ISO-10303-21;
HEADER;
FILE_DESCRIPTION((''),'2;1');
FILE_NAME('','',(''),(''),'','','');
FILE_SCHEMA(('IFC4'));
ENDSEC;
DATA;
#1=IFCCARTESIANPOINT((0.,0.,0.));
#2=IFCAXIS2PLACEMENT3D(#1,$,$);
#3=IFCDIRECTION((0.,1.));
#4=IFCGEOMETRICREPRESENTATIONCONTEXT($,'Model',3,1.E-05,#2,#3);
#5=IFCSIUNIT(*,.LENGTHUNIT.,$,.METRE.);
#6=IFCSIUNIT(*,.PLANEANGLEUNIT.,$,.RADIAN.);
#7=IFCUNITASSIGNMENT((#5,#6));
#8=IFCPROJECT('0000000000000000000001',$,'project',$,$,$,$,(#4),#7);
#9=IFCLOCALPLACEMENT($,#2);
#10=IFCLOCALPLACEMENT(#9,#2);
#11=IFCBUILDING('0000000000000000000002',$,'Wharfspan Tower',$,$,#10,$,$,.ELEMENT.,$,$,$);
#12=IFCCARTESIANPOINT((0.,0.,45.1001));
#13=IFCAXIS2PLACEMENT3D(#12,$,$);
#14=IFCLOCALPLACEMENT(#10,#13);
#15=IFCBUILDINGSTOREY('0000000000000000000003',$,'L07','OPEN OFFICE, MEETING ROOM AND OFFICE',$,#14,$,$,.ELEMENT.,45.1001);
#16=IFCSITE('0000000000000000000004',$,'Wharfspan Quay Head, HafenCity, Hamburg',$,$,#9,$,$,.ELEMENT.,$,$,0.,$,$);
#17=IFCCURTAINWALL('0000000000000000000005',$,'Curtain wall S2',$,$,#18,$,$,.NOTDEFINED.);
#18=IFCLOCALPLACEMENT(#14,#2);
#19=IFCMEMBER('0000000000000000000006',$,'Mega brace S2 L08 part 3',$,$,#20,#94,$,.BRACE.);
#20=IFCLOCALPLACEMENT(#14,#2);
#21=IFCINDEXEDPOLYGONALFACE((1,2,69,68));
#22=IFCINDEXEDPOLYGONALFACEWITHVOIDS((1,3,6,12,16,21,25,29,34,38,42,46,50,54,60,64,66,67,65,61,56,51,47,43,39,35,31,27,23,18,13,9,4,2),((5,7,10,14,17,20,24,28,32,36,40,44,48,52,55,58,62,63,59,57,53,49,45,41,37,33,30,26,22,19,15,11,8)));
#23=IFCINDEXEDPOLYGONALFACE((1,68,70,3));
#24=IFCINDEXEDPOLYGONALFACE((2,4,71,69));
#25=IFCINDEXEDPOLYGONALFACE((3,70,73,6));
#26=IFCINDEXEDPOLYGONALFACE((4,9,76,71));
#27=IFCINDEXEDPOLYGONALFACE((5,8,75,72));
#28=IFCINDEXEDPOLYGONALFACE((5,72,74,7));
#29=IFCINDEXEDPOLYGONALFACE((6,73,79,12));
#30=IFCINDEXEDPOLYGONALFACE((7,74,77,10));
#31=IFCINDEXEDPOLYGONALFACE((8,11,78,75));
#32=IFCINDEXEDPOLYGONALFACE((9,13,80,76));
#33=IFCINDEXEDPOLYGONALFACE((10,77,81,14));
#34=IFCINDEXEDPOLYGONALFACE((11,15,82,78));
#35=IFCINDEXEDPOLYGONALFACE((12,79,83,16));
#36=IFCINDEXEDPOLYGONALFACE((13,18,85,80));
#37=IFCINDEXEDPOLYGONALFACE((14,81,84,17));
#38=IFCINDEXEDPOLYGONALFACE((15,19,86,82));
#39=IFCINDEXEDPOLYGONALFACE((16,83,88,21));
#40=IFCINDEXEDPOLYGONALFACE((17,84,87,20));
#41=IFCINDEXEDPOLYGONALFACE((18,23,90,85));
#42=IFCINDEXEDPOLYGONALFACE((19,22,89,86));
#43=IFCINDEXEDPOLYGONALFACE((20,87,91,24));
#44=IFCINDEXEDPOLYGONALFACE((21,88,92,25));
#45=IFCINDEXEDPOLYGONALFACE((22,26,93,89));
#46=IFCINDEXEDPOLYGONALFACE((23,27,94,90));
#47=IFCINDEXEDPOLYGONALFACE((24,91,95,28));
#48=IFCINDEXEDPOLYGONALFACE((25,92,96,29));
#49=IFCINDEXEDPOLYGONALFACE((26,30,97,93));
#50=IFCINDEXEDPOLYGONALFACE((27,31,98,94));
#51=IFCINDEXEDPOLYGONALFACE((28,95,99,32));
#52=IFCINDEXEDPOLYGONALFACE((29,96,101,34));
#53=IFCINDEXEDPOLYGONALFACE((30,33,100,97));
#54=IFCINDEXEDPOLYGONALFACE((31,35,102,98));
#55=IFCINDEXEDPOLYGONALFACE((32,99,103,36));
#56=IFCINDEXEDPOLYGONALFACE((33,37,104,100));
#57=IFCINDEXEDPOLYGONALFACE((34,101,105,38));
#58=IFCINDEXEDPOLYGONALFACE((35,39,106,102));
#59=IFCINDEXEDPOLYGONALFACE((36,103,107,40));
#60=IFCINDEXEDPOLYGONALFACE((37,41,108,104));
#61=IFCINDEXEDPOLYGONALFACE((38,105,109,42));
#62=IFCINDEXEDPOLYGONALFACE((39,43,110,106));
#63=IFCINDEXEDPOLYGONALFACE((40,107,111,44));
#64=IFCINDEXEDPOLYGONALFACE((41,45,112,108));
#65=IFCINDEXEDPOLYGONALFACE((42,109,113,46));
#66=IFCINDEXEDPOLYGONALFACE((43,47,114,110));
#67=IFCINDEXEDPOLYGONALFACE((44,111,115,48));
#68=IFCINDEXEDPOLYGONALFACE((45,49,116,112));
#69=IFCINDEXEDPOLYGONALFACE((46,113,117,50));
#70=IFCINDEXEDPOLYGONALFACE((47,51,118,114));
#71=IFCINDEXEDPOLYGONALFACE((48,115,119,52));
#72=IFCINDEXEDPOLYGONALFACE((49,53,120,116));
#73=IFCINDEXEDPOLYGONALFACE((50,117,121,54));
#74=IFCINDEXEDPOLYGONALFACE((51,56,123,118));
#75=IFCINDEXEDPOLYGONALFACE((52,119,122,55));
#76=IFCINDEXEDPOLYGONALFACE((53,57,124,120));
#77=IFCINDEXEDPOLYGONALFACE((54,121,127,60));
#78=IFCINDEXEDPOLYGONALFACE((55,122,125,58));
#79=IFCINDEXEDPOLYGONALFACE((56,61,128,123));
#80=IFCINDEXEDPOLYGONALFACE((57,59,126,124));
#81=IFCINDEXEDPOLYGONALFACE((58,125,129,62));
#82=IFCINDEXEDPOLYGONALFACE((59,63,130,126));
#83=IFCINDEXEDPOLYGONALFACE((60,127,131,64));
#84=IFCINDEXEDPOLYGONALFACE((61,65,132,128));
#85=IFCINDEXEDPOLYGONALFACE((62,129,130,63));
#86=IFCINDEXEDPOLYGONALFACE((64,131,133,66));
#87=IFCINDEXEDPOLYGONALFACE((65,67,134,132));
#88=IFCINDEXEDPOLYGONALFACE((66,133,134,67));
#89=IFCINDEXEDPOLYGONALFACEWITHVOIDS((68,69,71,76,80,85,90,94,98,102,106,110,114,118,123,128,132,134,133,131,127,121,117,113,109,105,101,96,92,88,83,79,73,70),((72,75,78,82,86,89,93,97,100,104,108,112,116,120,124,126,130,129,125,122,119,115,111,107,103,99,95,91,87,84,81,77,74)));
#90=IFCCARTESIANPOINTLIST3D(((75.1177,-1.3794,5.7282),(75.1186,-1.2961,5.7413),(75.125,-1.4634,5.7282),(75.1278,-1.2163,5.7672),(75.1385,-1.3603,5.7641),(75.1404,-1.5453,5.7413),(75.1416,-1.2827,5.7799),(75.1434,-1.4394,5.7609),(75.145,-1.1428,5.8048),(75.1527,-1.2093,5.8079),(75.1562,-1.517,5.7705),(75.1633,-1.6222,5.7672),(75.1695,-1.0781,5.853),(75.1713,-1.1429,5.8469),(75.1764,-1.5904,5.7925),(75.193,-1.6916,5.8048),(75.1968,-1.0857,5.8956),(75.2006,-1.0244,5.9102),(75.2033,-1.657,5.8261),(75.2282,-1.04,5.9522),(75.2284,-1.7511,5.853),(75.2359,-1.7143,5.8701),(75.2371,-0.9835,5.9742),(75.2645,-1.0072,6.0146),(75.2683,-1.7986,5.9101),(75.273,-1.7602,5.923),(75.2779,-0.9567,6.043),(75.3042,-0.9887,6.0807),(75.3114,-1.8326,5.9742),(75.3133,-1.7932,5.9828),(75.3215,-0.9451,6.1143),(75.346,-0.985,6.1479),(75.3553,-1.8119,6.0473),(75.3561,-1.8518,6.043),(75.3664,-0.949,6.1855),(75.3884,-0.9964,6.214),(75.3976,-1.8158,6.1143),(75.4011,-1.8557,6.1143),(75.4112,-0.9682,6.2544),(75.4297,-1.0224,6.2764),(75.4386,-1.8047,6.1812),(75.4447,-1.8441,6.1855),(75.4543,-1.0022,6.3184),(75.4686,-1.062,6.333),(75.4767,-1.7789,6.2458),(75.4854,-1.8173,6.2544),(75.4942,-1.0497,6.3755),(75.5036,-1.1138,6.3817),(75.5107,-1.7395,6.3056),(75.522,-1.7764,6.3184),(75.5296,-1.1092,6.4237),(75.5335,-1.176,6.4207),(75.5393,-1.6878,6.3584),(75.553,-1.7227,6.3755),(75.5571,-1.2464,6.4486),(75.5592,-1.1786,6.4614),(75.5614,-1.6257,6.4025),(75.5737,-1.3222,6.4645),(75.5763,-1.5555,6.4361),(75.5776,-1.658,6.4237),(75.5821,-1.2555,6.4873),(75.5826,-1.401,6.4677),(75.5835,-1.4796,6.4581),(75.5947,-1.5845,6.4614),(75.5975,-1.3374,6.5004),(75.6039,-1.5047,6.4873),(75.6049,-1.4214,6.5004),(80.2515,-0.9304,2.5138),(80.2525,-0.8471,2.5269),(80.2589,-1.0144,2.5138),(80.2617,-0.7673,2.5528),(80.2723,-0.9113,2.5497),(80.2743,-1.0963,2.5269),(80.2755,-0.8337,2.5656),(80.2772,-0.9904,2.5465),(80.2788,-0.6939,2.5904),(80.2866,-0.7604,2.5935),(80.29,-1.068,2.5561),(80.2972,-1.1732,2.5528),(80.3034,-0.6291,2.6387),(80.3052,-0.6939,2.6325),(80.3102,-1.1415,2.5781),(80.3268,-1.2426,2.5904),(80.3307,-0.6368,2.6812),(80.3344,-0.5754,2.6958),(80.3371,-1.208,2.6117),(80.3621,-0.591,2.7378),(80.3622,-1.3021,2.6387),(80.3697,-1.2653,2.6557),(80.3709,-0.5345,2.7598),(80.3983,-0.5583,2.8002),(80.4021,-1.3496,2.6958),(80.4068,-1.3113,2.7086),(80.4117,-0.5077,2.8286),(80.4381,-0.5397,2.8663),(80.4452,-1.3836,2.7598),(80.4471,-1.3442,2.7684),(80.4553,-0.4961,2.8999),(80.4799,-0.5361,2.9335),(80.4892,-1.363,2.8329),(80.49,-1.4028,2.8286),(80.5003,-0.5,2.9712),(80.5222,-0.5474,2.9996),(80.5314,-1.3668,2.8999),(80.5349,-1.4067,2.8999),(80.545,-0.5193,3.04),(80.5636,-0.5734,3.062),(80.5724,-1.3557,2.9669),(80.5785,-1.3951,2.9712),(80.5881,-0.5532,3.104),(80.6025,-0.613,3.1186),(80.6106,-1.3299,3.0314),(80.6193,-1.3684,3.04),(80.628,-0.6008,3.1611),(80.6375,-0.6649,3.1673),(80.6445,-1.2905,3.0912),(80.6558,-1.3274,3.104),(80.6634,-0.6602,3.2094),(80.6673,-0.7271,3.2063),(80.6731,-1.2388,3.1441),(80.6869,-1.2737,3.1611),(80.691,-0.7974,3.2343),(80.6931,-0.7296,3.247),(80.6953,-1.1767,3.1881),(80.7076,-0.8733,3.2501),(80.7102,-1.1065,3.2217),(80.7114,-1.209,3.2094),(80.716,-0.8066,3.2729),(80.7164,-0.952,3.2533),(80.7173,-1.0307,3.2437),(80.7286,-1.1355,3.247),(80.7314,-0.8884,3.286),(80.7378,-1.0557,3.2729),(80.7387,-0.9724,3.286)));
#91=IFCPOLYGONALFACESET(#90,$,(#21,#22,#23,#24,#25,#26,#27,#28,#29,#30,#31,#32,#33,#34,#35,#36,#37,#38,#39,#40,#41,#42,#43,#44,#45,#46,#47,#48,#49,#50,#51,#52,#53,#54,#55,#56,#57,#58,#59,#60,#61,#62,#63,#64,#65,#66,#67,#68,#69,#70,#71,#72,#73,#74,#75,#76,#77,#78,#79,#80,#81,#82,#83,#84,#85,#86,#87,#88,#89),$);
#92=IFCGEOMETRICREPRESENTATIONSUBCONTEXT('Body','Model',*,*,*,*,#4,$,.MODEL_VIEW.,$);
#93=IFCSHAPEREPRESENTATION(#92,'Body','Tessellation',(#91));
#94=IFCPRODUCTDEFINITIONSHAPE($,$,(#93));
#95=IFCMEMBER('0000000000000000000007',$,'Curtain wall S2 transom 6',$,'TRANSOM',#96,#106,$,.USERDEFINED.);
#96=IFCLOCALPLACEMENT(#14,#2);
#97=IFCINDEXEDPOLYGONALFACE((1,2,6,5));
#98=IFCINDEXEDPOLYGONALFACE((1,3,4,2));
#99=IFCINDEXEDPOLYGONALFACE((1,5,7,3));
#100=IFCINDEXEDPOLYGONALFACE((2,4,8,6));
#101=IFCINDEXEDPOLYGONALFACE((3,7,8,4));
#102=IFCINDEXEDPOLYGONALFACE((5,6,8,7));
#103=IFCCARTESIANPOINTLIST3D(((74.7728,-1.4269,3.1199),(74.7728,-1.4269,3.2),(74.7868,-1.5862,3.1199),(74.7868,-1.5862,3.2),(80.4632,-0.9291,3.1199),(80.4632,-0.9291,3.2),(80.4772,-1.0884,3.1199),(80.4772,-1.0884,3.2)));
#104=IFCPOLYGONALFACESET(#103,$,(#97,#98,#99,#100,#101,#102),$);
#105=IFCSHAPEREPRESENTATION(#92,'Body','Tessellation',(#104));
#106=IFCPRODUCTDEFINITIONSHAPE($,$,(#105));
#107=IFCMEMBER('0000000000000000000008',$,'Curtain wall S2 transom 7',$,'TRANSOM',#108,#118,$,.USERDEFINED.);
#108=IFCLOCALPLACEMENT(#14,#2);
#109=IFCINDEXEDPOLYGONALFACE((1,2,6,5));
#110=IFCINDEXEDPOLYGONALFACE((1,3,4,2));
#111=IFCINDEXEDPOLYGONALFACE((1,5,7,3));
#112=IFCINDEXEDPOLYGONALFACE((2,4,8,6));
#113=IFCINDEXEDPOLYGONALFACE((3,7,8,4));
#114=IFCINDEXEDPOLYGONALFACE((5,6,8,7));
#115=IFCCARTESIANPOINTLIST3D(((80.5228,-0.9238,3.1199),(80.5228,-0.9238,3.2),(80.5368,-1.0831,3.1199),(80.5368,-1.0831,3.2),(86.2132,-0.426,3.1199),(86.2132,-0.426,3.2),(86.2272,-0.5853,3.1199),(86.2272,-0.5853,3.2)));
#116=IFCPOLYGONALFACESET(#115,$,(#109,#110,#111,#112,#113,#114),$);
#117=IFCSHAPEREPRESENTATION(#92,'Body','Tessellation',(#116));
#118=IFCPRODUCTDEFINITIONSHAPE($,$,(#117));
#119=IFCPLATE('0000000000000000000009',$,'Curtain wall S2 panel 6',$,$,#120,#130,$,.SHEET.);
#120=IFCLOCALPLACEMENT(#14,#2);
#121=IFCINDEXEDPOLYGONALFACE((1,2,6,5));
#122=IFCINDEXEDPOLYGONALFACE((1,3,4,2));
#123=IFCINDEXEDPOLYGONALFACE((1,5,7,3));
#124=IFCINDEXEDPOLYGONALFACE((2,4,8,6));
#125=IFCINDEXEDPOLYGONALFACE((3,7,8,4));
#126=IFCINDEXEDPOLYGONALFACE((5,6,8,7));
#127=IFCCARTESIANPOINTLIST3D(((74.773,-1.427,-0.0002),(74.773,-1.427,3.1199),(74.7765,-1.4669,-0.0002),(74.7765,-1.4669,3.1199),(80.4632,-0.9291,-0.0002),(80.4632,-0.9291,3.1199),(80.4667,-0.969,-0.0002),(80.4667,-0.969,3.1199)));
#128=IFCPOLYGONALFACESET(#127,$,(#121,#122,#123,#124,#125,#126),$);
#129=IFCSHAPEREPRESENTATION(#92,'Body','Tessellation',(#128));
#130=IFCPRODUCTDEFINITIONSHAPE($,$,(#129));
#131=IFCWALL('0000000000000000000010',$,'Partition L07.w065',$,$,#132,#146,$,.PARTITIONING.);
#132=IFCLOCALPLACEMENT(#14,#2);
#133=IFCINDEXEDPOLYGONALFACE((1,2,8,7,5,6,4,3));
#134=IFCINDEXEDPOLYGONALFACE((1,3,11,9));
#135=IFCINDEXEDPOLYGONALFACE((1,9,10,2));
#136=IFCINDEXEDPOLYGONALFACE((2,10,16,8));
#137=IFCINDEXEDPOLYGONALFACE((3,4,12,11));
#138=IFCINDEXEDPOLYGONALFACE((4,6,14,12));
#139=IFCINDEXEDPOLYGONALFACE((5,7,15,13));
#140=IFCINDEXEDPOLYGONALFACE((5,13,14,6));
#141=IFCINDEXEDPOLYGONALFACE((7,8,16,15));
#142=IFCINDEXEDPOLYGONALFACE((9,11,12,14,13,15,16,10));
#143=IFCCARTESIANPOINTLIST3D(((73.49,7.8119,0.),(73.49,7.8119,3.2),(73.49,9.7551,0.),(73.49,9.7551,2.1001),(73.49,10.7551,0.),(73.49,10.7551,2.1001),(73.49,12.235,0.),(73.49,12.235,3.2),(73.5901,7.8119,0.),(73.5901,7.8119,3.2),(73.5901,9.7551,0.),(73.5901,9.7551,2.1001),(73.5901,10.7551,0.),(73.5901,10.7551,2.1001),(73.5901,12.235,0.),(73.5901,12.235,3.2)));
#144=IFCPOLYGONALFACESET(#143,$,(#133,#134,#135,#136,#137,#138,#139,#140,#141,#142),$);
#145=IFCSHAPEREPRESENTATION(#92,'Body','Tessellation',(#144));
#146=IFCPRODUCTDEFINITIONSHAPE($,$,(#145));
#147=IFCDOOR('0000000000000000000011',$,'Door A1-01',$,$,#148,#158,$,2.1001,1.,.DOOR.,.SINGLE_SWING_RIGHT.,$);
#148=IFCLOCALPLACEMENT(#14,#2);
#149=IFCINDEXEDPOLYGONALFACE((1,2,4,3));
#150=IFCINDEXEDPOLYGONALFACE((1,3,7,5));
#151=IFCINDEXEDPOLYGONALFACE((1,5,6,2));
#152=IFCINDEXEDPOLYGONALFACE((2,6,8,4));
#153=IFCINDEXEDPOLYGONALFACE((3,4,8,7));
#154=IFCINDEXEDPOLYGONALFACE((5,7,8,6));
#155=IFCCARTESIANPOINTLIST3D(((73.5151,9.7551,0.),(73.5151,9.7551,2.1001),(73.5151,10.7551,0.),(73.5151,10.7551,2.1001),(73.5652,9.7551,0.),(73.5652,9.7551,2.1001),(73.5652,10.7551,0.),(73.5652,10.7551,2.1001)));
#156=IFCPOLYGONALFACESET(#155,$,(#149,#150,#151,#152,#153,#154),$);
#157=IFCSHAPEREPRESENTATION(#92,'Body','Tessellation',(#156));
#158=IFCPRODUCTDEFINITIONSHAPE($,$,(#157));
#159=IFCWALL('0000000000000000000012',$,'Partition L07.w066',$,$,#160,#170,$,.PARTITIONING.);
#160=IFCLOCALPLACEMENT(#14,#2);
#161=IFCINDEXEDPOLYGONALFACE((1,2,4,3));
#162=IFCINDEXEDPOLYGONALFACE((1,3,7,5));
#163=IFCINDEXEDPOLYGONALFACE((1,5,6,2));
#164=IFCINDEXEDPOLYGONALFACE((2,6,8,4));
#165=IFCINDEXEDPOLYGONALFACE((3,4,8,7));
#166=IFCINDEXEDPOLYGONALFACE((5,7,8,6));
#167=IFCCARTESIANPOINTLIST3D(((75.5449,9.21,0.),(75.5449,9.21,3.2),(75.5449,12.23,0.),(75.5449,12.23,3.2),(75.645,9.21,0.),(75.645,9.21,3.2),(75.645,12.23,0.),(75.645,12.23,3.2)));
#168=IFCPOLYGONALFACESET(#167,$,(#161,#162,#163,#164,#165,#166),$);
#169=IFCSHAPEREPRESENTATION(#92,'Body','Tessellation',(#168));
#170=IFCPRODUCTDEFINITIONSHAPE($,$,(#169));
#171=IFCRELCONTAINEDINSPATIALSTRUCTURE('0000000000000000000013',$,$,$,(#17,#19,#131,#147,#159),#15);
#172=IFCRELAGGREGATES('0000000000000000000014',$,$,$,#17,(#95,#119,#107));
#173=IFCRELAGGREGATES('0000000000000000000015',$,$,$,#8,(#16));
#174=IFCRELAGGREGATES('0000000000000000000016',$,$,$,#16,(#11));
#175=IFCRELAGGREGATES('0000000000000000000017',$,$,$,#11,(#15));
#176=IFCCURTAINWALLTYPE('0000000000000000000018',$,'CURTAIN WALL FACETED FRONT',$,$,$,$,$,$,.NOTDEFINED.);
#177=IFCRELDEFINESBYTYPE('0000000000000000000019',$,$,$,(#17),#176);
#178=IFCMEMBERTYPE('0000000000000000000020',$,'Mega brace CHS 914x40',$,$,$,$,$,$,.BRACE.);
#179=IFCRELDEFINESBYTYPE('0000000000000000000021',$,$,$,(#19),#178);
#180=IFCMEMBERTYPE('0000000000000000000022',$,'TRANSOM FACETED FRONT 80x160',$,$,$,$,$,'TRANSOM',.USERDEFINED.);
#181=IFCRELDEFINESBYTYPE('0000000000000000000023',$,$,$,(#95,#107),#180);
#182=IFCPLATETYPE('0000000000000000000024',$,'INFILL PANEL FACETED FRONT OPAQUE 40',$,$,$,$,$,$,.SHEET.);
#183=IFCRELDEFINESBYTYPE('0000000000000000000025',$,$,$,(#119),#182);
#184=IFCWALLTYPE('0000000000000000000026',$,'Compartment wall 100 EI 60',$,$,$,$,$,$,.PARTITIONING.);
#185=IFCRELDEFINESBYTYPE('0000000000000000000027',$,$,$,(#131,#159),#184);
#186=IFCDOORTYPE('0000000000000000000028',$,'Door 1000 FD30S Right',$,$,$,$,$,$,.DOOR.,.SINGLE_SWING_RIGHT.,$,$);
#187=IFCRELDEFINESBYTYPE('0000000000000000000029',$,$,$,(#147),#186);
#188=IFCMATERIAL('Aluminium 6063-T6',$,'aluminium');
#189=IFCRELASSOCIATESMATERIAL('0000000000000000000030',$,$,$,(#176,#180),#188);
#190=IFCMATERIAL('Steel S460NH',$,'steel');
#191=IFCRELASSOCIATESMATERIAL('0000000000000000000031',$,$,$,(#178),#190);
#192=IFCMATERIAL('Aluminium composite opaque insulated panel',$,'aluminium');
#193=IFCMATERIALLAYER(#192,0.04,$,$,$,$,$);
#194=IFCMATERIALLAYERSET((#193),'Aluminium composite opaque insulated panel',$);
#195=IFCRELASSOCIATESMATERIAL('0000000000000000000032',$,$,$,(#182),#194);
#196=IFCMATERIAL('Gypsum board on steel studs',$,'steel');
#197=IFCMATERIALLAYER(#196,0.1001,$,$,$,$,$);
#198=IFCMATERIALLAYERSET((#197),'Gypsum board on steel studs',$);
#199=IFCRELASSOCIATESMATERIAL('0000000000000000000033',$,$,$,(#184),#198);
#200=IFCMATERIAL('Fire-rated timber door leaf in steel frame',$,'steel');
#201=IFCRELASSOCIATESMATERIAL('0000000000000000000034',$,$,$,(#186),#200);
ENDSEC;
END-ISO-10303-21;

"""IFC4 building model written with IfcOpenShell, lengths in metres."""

from ifc_helpers import new_model, si_unit, direction, frame, frame_2d, origin, origin_2d, place, context, subcontext, project, spatial, rectangle, hollow_circle, extrude, material, layer, layer_set, material_profile, profile_set, type_object, element, fill, aggregate, save


model = new_model("IFC4")

# Units and contexts
model_context = context("Model", 3, precision=1e-05, world=origin(), true_north=direction((0.0, 1.0)))
body_context = subcontext(model_context, "Body", "Model", "MODEL_VIEW")
ifc_project = project(units=[si_unit("LENGTHUNIT", "METRE"), si_unit("PLANEANGLEUNIT", "RADIAN")], contexts=[model_context])

# Site, building, storey
site_placement = place(None, origin())
site = spatial("IfcSite", under=ifc_project, at=site_placement, Name="Wharfspan Quay Head, HafenCity, Hamburg", CompositionType="ELEMENT", RefElevation=0.0)
building_placement = place(site_placement, origin())
building = spatial("IfcBuilding", under=site, at=building_placement, Name="Wharfspan Tower", CompositionType="ELEMENT")
storey_placement = place(building_placement, frame((0.0, 0.0, 45.1001)))
storey = spatial("IfcBuildingStorey", under=building, at=storey_placement, Name="L07", Description="OPEN OFFICE, MEETING ROOM AND OFFICE", CompositionType="ELEMENT", Elevation=45.1001)

# Curtain wall
ifc_material_1 = material(Name="Aluminium 6063-T6", Category="aluminium")
curtain_wall_type = type_object("IfcCurtainWallType", Name="CURTAIN WALL FACETED FRONT", PredefinedType="NOTDEFINED", material=ifc_material_1)
curtain_wall_placement = place(storey_placement, origin())
curtain_wall = element("IfcCurtainWall", 1, at=curtain_wall_placement, inside=storey, type_object=curtain_wall_type, Name="Curtain wall S2", PredefinedType="NOTDEFINED")

# Members
ifc_material_2 = material(Name="Steel S460NH", Category="steel")
ifc_material_profile_1 = material_profile(ifc_material_2, hollow_circle(Radius=0.457, WallThickness=0.04, at=origin_2d()))
ifc_profile_set_1 = profile_set([ifc_material_profile_1], Name="Steel S460NH")
member_type_1 = type_object("IfcMemberType", Name="Mega brace CHS 914x40", PredefinedType="BRACE", material=ifc_profile_set_1)
member_1_placement = place(storey_placement, frame((80.4951, -0.9514, 2.8999), z_axis=(-0.845253, -0.073921, 0.529228), x_axis=(0.08712, -0.996199, -0.000003)))
element("IfcMember", 2, at=member_1_placement, inside=storey, type_object=member_type_1, Name="Mega brace S2 L08 part 3", PredefinedType="BRACE", context=body_context, shape_type="SweptSolid", body=[
    extrude(hollow_circle(Radius=0.457, WallThickness=0.04, at=origin_2d()), origin(), (0.0, 0.0, 1.0), 6.0737),
])
ifc_material_profile_2 = material_profile(ifc_material_1, rectangle(XDim=0.1599, YDim=0.0801, at=origin_2d()))
ifc_profile_set_2 = profile_set([ifc_material_profile_2], Name="Aluminium 6063-T6")
member_type_2 = type_object("IfcMemberType", Name="TRANSOM FACETED FRONT 80x160", ElementType="TRANSOM", PredefinedType="USERDEFINED", material=ifc_profile_set_2)
member_2_placement = place(storey_placement, frame((74.7798, -1.5066, 3.1599), z_axis=(0.996195, 0.087148, 0.0), x_axis=(-0.087148, 0.996195, 0.0)))
member_2 = element("IfcMember", 3, at=member_2_placement, type_object=member_type_2, Name="Curtain wall S2 transom 6", ObjectType="TRANSOM", PredefinedType="USERDEFINED", context=body_context, shape_type="SweptSolid", body=[
    extrude(rectangle(XDim=0.1599, YDim=0.0801, at=origin_2d()), origin(), (0.0, 0.0, 1.0), 5.7122),
])
member_3_placement = place(storey_placement, frame((80.5298, -1.0034, 3.1599), z_axis=(0.996195, 0.087148, 0.0), x_axis=(-0.087148, 0.996195, 0.0)))
member_3 = element("IfcMember", 4, at=member_3_placement, type_object=member_type_2, Name="Curtain wall S2 transom 7", ObjectType="TRANSOM", PredefinedType="USERDEFINED", context=body_context, shape_type="SweptSolid", body=[
    extrude(rectangle(XDim=0.1599, YDim=0.0801, at=origin_2d()), origin(), (0.0, 0.0, 1.0), 5.7122),
])

# Plate
ifc_material_3 = material(Name="Aluminium composite opaque insulated panel", Category="aluminium")
ifc_layer_1 = layer(ifc_material_3, 0.04)
ifc_layer_set_1 = layer_set([ifc_layer_1], Name="Aluminium composite opaque insulated panel")
plate_type = type_object("IfcPlateType", Name="INFILL PANEL FACETED FRONT OPAQUE 40", PredefinedType="SHEET", material=ifc_layer_set_1)
plate_placement = place(storey_placement, frame((77.6199, -1.198, -0.0002), z_axis=(0.0, 0.0, 1.0), x_axis=(0.996197, 0.087156, 0.0)))
plate = element("IfcPlate", 5, at=plate_placement, type_object=plate_type, Name="Curtain wall S2 panel 6", PredefinedType="SHEET", context=body_context, shape_type="SweptSolid", body=[
    extrude(rectangle(XDim=5.7119, YDim=0.04, at=origin_2d()), origin(), (0.0, 0.0, 1.0), 3.1201),
])
aggregate(curtain_wall, [member_2, plate, member_3])

# Wall, opening, door
ifc_material_4 = material(Name="Gypsum board on steel studs", Category="steel")
ifc_layer_2 = layer(ifc_material_4, 0.1001)
ifc_layer_set_2 = layer_set([ifc_layer_2], Name="Gypsum board on steel studs")
wall_type_1 = type_object("IfcWallType", Name="Compartment wall 100 EI 60", PredefinedType="PARTITIONING", material=ifc_layer_set_2)
wall_1_placement = place(storey_placement, frame((73.54, 7.812, 0.0), z_axis=(0.0, 0.0, 1.0), x_axis=(0.0, 1.0, 0.0)))
wall_1 = element("IfcWall", 6, at=wall_1_placement, inside=storey, type_object=wall_type_1, Name="Partition L07.w065", PredefinedType="PARTITIONING", context=body_context, shape_type="SweptSolid", body=[
    extrude(rectangle(XDim=4.4231, YDim=0.1001, at=frame_2d((2.2114, 0.0))), origin(), (0.0, 0.0, 1.0), 3.2),
])
opening_1_placement = place(wall_1_placement, frame((1.9431, 0.0, 0.0)))
opening_1 = element("IfcOpeningElement", 7, at=opening_1_placement, cuts=wall_1, PredefinedType="OPENING", context=body_context, shape_type="SweptSolid", body=[
    extrude(rectangle(XDim=1.0, YDim=2.1001, at=frame_2d((0.5, 1.05))), frame((0.0, 0.0601, 0.0), z_axis=(0.0, -1.0, 0.0), x_axis=(1.0, 0.0, 0.0)), (0.0, 0.0, 1.0), 0.1201),
])
ifc_material_5 = material(Name="Fire-rated timber door leaf in steel frame", Category="steel")
door_type_1 = type_object("IfcDoorType", Name="Door 1000 FD30S Right", OperationType="SINGLE_SWING_RIGHT", PredefinedType="DOOR", material=ifc_material_5)
door_1_placement = place(opening_1_placement, origin())
door_1 = element("IfcDoor", 8, at=door_1_placement, inside=storey, type_object=door_type_1, Name="Door A1-01", OperationType="SINGLE_SWING_RIGHT", OverallHeight=2.1001, OverallWidth=1.0, PredefinedType="DOOR", context=body_context, shape_type="SweptSolid", body=[
    extrude(rectangle(XDim=1.0, YDim=2.1001, at=frame_2d((0.5, 1.05))), frame((0.0, 0.0249, 0.0), z_axis=(0.0, -1.0, 0.0), x_axis=(1.0, 0.0, 0.0)), (0.0, 0.0, 1.0), 0.05),
])
fill(opening_1, door_1)

# Wall
wall_2_placement = place(storey_placement, frame((75.595, 9.21, 0.0), z_axis=(0.0, 0.0, 1.0), x_axis=(0.0, 1.0, 0.0)))
element("IfcWall", 9, at=wall_2_placement, inside=storey, type_object=wall_type_1, Name="Partition L07.w066", PredefinedType="PARTITIONING", context=body_context, shape_type="SweptSolid", body=[
    extrude(rectangle(XDim=3.02, YDim=0.1001, at=frame_2d((1.51, 0.0))), origin(), (0.0, 0.0, 1.0), 3.2),
])

save(model, "model.ifc")
